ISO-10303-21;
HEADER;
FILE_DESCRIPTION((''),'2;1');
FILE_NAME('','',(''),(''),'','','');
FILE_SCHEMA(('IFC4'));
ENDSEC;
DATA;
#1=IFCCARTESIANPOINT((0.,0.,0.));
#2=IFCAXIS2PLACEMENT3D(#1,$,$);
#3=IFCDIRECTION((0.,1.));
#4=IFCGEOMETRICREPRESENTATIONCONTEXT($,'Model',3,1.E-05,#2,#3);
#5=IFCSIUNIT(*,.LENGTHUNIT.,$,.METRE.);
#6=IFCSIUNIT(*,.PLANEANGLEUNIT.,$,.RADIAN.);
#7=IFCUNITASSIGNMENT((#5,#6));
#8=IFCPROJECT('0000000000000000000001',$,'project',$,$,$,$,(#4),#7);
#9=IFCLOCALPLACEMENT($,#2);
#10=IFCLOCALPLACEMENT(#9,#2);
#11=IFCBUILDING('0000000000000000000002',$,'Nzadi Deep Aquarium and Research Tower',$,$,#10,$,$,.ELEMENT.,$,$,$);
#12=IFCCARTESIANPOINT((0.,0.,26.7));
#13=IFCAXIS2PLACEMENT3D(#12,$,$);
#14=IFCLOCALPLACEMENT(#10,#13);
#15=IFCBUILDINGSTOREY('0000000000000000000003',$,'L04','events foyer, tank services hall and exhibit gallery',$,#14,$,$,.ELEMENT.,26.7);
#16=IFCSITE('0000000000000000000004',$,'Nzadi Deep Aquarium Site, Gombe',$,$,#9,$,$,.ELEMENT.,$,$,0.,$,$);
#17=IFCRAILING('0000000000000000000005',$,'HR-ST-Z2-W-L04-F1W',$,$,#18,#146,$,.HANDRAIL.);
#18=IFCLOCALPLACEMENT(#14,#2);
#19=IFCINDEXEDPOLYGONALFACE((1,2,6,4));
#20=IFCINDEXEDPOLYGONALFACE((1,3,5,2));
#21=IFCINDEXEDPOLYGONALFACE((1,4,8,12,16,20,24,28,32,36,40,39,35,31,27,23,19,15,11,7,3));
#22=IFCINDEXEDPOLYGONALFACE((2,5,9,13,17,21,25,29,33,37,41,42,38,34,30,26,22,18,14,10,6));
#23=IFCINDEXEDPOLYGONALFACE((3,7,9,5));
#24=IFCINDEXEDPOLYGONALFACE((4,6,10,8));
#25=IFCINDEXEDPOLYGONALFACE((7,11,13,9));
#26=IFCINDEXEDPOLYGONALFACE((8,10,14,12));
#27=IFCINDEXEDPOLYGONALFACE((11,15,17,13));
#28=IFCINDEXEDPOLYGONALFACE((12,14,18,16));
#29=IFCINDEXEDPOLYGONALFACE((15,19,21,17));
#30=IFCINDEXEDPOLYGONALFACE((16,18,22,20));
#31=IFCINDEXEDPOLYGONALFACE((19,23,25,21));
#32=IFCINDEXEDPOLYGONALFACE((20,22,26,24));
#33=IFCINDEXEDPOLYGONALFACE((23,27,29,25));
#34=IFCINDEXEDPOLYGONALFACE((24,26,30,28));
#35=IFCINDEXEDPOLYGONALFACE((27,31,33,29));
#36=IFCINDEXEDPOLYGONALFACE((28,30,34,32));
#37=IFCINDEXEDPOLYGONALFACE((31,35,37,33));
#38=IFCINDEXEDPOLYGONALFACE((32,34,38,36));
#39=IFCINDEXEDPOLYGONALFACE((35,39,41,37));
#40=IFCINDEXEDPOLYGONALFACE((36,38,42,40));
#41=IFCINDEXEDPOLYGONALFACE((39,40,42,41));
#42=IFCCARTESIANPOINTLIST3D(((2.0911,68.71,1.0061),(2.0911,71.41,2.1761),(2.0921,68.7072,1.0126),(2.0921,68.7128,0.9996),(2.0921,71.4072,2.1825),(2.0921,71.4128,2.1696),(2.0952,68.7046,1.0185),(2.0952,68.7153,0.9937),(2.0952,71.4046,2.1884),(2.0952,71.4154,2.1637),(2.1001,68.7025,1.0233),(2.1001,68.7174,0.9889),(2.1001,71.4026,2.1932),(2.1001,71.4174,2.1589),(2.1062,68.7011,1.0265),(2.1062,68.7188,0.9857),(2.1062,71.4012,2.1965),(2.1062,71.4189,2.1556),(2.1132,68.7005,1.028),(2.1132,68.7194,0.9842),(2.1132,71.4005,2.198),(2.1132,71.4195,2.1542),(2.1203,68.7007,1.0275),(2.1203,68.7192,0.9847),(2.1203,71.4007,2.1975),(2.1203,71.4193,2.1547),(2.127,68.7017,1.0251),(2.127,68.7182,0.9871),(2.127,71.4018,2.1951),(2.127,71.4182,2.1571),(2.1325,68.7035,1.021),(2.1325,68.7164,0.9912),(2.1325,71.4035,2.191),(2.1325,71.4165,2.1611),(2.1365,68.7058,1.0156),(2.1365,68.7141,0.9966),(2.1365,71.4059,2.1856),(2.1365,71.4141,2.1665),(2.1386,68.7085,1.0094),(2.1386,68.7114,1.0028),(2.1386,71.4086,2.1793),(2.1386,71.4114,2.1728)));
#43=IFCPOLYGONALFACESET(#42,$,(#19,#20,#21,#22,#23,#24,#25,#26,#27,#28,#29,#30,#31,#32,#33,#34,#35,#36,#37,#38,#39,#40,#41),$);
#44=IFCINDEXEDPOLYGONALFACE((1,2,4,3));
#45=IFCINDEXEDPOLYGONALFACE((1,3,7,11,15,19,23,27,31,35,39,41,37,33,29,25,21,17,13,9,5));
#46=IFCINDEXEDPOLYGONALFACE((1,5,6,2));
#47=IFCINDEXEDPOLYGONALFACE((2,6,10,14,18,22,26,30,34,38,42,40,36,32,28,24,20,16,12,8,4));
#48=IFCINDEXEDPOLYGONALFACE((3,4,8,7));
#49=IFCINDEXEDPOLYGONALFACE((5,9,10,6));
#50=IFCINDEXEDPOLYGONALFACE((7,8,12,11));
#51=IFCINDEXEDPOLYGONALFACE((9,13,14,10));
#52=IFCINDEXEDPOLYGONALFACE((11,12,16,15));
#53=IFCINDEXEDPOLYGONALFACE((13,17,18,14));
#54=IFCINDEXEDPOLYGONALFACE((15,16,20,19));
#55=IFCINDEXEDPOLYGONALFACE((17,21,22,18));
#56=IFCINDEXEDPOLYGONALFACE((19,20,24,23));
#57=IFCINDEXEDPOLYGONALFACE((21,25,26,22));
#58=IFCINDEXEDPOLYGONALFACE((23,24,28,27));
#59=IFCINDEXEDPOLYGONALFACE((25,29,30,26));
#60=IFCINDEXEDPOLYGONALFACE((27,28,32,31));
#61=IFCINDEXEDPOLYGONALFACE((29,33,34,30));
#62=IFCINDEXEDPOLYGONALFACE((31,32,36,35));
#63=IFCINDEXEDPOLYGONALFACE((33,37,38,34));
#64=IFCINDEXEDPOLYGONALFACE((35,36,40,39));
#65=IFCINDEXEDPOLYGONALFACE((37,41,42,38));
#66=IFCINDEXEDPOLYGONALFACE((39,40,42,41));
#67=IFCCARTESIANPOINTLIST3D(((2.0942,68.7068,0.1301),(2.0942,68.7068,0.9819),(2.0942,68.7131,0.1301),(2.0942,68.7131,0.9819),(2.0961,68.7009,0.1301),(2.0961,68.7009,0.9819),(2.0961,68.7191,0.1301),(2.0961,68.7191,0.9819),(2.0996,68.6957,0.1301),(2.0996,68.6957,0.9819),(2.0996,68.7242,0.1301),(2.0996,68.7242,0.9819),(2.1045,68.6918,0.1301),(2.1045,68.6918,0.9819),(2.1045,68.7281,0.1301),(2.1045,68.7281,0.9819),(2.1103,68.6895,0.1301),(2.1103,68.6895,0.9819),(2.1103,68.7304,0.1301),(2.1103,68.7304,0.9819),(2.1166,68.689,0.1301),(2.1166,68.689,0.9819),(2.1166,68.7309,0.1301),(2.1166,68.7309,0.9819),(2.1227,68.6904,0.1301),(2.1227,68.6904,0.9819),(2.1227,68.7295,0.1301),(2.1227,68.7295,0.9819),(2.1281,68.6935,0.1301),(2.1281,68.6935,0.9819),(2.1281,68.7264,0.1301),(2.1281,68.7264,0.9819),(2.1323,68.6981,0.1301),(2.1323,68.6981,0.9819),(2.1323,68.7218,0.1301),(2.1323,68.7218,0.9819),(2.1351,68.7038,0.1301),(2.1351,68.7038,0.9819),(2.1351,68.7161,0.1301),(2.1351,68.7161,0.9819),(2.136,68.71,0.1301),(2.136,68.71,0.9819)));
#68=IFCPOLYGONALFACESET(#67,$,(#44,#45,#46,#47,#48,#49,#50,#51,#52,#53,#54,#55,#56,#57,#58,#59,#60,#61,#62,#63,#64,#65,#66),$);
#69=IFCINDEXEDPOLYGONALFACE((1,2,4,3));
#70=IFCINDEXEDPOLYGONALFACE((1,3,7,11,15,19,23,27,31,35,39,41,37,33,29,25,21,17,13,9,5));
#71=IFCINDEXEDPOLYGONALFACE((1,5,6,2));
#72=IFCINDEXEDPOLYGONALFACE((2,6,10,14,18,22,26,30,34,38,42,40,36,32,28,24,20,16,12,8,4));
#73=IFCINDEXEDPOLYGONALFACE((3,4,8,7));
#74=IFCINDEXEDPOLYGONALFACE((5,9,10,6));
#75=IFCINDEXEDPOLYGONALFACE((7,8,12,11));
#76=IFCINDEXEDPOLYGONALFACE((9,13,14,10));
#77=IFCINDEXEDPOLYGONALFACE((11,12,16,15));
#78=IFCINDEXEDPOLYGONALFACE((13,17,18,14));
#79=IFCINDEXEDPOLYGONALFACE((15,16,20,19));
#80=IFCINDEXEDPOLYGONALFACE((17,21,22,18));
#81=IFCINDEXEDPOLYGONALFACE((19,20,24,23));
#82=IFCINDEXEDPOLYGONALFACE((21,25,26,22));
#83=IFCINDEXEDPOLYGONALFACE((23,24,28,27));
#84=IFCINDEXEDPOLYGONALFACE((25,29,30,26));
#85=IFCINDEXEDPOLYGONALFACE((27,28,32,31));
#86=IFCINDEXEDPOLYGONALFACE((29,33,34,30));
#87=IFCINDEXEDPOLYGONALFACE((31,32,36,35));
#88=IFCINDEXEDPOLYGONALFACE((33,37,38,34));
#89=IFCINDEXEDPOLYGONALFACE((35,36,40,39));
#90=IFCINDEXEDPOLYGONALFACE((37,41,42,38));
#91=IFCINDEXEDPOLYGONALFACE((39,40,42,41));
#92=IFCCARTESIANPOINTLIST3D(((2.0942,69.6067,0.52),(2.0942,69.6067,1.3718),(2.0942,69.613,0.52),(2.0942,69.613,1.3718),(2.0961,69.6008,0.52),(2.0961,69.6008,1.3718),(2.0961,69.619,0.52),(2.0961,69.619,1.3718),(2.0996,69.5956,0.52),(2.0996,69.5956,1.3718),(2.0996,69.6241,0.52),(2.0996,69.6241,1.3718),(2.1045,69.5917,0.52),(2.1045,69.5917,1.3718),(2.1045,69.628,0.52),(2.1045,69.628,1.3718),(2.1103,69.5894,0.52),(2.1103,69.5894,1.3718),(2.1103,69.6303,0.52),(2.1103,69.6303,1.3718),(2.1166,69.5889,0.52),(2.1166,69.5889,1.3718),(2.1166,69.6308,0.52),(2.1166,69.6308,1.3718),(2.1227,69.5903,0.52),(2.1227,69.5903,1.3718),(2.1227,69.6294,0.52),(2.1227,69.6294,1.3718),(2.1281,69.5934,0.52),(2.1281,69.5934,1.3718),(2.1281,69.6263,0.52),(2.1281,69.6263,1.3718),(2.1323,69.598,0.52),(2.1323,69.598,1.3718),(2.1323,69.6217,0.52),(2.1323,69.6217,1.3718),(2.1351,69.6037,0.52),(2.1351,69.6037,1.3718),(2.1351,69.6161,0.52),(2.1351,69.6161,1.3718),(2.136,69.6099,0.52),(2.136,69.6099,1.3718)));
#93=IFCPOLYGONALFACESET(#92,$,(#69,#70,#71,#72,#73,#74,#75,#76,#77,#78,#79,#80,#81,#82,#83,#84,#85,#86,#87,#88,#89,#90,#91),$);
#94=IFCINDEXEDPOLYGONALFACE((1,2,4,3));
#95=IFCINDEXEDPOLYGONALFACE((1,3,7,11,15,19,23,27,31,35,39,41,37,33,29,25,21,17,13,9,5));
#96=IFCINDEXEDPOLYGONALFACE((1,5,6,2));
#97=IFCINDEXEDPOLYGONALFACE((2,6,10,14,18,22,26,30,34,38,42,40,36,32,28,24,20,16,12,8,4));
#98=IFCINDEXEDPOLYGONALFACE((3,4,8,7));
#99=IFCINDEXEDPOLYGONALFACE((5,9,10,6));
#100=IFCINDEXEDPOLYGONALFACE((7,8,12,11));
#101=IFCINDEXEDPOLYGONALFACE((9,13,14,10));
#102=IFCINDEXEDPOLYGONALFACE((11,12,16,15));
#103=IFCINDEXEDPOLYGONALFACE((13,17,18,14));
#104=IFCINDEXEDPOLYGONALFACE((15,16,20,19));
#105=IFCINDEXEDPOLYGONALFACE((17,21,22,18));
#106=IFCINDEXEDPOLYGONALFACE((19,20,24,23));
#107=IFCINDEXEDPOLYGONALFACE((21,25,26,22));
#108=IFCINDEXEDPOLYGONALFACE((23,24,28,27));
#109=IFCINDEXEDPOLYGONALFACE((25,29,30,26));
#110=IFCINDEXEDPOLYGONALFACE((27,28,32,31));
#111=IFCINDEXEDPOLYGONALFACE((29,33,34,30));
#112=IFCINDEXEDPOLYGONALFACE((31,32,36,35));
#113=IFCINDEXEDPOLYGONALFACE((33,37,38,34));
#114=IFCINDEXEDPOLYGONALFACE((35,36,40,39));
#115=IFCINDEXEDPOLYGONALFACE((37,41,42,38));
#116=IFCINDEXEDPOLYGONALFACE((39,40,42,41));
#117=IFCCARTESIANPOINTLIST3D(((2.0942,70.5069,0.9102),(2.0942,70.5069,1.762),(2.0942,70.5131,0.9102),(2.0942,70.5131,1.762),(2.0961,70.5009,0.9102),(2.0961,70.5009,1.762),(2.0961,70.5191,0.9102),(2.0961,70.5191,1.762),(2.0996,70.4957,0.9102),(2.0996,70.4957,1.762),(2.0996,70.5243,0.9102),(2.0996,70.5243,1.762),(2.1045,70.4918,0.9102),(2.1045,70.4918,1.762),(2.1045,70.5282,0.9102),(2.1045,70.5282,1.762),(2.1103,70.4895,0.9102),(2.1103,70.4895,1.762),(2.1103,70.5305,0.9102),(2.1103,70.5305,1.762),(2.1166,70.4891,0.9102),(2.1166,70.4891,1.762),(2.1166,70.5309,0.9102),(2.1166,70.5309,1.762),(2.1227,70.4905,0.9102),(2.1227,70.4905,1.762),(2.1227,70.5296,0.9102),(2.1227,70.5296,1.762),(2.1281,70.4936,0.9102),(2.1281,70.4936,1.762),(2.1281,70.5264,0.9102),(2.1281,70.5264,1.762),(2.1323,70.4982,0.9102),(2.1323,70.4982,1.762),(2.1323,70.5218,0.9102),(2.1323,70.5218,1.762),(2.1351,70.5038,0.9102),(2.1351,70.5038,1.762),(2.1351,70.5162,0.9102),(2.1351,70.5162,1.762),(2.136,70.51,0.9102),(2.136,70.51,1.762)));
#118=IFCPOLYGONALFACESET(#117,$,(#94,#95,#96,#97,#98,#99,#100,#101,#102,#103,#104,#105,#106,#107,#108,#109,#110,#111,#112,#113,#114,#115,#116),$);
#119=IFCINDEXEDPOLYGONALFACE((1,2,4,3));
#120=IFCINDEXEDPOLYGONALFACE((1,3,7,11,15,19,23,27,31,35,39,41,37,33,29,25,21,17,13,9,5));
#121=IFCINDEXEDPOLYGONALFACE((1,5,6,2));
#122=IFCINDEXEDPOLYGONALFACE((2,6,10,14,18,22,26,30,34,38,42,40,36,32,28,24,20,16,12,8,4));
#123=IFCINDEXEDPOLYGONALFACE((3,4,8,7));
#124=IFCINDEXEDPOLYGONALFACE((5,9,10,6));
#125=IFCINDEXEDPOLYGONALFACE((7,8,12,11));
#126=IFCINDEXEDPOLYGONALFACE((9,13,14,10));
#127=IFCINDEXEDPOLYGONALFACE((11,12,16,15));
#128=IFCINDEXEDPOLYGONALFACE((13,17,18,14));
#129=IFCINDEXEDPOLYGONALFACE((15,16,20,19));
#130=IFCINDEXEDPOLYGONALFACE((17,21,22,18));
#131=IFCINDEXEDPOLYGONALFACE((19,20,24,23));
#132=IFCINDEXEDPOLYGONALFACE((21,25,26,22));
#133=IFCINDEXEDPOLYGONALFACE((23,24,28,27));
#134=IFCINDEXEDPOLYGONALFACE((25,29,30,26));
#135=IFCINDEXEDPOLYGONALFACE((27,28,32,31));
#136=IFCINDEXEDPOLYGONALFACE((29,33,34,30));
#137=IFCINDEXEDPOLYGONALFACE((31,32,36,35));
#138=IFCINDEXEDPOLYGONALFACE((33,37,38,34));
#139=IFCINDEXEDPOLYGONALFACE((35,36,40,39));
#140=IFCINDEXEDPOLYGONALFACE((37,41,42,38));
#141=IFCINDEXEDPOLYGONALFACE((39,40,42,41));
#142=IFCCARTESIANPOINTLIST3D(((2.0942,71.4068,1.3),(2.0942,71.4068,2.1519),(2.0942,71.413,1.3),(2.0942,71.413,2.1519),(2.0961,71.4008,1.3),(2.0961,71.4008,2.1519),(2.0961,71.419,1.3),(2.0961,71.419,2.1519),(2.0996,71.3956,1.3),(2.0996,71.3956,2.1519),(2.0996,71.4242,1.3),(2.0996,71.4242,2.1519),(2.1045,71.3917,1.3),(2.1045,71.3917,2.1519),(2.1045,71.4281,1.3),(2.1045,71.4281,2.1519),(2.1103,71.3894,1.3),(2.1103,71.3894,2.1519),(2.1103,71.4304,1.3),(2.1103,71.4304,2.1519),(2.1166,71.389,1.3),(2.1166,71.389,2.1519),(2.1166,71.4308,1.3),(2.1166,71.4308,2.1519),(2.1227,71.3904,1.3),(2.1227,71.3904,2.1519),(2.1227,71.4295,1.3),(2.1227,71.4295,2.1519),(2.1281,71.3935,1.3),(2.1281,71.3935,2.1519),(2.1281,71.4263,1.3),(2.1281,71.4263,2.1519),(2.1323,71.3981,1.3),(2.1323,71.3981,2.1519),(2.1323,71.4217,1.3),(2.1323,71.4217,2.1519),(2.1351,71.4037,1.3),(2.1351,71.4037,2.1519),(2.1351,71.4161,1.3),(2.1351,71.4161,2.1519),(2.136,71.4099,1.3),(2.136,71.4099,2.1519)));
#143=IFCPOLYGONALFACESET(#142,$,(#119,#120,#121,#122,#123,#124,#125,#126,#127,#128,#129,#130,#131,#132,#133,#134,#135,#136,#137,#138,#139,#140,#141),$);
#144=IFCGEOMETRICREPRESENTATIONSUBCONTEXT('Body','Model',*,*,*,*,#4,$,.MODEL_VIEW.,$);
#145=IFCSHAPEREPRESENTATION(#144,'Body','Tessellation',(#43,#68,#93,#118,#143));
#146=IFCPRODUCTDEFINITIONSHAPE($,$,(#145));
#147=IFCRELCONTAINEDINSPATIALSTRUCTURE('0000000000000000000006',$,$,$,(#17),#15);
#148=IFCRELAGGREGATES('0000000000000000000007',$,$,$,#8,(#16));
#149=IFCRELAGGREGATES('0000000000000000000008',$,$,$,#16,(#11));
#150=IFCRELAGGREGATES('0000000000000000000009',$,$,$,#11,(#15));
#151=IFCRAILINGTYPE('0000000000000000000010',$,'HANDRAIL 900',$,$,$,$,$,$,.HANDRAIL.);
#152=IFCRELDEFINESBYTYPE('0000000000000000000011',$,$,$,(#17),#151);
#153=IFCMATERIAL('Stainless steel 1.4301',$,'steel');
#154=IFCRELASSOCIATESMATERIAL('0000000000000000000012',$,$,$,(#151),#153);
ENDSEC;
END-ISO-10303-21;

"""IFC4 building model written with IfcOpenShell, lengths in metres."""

from ifc_helpers import new_model, si_unit, direction, frame, origin, origin_2d, place, context, subcontext, project, spatial, circle, extrude, material, type_object, element, save


model = new_model("IFC4")

# Units and contexts
model_context = context("Model", 3, precision=1e-05, world=origin(), true_north=direction((0.0, 1.0)))
body_context = subcontext(model_context, "Body", "Model", "MODEL_VIEW")
ifc_project = project(units=[si_unit("LENGTHUNIT", "METRE"), si_unit("PLANEANGLEUNIT", "RADIAN")], contexts=[model_context])

# Site, building, storey
site_placement = place(None, origin())
site = spatial("IfcSite", under=ifc_project, at=site_placement, Name="Nzadi Deep Aquarium Site, Gombe", CompositionType="ELEMENT", RefElevation=0.0)
building_placement = place(site_placement, origin())
building = spatial("IfcBuilding", under=site, at=building_placement, Name="Nzadi Deep Aquarium and Research Tower", CompositionType="ELEMENT")
storey_placement = place(building_placement, frame((0.0, 0.0, 26.7)))
storey = spatial("IfcBuildingStorey", under=building, at=storey_placement, Name="L04", Description="events foyer, tank services hall and exhibit gallery", CompositionType="ELEMENT", Elevation=26.7)

# Railing
ifc_material_1 = material(Name="Stainless steel 1.4301", Category="steel")
railing_type = type_object("IfcRailingType", Name="HANDRAIL 900", PredefinedType="HANDRAIL", material=ifc_material_1)
for number, where, name in (
    (1, (2.115, 68.71, 0.1301), "HR-ST-Z2-W-L04-F1W"),
):
    element("IfcRailing", number, at=place(storey_placement, frame(where)), inside=storey, type_object=railing_type, Name=name, PredefinedType="HANDRAIL", context=body_context, shape_type="SweptSolid", body=[
        extrude(circle(Radius=0.0239, at=origin_2d()), frame((0.0, 0.0, 0.876), z_axis=(0.0, 0.917563, 0.397591), x_axis=(-1.0, 0.0, 0.0)), (0.0, 0.0, 1.0), 2.9426),
        extrude(circle(Radius=0.021, at=origin_2d()), origin(), (0.0, 0.0, 1.0), 0.8518),
        extrude(circle(Radius=0.021, at=origin_2d()), frame((0.0, 0.8999, 0.3899)), (0.0, 0.0, 1.0), 0.8518),
        extrude(circle(Radius=0.021, at=origin_2d()), frame((0.0, 1.8, 0.78)), (0.0, 0.0, 1.0), 0.8518),
        extrude(circle(Radius=0.021, at=origin_2d()), frame((0.0, 2.7, 1.1699)), (0.0, 0.0, 1.0), 0.8518),
    ])

save(model, "model.ifc")
